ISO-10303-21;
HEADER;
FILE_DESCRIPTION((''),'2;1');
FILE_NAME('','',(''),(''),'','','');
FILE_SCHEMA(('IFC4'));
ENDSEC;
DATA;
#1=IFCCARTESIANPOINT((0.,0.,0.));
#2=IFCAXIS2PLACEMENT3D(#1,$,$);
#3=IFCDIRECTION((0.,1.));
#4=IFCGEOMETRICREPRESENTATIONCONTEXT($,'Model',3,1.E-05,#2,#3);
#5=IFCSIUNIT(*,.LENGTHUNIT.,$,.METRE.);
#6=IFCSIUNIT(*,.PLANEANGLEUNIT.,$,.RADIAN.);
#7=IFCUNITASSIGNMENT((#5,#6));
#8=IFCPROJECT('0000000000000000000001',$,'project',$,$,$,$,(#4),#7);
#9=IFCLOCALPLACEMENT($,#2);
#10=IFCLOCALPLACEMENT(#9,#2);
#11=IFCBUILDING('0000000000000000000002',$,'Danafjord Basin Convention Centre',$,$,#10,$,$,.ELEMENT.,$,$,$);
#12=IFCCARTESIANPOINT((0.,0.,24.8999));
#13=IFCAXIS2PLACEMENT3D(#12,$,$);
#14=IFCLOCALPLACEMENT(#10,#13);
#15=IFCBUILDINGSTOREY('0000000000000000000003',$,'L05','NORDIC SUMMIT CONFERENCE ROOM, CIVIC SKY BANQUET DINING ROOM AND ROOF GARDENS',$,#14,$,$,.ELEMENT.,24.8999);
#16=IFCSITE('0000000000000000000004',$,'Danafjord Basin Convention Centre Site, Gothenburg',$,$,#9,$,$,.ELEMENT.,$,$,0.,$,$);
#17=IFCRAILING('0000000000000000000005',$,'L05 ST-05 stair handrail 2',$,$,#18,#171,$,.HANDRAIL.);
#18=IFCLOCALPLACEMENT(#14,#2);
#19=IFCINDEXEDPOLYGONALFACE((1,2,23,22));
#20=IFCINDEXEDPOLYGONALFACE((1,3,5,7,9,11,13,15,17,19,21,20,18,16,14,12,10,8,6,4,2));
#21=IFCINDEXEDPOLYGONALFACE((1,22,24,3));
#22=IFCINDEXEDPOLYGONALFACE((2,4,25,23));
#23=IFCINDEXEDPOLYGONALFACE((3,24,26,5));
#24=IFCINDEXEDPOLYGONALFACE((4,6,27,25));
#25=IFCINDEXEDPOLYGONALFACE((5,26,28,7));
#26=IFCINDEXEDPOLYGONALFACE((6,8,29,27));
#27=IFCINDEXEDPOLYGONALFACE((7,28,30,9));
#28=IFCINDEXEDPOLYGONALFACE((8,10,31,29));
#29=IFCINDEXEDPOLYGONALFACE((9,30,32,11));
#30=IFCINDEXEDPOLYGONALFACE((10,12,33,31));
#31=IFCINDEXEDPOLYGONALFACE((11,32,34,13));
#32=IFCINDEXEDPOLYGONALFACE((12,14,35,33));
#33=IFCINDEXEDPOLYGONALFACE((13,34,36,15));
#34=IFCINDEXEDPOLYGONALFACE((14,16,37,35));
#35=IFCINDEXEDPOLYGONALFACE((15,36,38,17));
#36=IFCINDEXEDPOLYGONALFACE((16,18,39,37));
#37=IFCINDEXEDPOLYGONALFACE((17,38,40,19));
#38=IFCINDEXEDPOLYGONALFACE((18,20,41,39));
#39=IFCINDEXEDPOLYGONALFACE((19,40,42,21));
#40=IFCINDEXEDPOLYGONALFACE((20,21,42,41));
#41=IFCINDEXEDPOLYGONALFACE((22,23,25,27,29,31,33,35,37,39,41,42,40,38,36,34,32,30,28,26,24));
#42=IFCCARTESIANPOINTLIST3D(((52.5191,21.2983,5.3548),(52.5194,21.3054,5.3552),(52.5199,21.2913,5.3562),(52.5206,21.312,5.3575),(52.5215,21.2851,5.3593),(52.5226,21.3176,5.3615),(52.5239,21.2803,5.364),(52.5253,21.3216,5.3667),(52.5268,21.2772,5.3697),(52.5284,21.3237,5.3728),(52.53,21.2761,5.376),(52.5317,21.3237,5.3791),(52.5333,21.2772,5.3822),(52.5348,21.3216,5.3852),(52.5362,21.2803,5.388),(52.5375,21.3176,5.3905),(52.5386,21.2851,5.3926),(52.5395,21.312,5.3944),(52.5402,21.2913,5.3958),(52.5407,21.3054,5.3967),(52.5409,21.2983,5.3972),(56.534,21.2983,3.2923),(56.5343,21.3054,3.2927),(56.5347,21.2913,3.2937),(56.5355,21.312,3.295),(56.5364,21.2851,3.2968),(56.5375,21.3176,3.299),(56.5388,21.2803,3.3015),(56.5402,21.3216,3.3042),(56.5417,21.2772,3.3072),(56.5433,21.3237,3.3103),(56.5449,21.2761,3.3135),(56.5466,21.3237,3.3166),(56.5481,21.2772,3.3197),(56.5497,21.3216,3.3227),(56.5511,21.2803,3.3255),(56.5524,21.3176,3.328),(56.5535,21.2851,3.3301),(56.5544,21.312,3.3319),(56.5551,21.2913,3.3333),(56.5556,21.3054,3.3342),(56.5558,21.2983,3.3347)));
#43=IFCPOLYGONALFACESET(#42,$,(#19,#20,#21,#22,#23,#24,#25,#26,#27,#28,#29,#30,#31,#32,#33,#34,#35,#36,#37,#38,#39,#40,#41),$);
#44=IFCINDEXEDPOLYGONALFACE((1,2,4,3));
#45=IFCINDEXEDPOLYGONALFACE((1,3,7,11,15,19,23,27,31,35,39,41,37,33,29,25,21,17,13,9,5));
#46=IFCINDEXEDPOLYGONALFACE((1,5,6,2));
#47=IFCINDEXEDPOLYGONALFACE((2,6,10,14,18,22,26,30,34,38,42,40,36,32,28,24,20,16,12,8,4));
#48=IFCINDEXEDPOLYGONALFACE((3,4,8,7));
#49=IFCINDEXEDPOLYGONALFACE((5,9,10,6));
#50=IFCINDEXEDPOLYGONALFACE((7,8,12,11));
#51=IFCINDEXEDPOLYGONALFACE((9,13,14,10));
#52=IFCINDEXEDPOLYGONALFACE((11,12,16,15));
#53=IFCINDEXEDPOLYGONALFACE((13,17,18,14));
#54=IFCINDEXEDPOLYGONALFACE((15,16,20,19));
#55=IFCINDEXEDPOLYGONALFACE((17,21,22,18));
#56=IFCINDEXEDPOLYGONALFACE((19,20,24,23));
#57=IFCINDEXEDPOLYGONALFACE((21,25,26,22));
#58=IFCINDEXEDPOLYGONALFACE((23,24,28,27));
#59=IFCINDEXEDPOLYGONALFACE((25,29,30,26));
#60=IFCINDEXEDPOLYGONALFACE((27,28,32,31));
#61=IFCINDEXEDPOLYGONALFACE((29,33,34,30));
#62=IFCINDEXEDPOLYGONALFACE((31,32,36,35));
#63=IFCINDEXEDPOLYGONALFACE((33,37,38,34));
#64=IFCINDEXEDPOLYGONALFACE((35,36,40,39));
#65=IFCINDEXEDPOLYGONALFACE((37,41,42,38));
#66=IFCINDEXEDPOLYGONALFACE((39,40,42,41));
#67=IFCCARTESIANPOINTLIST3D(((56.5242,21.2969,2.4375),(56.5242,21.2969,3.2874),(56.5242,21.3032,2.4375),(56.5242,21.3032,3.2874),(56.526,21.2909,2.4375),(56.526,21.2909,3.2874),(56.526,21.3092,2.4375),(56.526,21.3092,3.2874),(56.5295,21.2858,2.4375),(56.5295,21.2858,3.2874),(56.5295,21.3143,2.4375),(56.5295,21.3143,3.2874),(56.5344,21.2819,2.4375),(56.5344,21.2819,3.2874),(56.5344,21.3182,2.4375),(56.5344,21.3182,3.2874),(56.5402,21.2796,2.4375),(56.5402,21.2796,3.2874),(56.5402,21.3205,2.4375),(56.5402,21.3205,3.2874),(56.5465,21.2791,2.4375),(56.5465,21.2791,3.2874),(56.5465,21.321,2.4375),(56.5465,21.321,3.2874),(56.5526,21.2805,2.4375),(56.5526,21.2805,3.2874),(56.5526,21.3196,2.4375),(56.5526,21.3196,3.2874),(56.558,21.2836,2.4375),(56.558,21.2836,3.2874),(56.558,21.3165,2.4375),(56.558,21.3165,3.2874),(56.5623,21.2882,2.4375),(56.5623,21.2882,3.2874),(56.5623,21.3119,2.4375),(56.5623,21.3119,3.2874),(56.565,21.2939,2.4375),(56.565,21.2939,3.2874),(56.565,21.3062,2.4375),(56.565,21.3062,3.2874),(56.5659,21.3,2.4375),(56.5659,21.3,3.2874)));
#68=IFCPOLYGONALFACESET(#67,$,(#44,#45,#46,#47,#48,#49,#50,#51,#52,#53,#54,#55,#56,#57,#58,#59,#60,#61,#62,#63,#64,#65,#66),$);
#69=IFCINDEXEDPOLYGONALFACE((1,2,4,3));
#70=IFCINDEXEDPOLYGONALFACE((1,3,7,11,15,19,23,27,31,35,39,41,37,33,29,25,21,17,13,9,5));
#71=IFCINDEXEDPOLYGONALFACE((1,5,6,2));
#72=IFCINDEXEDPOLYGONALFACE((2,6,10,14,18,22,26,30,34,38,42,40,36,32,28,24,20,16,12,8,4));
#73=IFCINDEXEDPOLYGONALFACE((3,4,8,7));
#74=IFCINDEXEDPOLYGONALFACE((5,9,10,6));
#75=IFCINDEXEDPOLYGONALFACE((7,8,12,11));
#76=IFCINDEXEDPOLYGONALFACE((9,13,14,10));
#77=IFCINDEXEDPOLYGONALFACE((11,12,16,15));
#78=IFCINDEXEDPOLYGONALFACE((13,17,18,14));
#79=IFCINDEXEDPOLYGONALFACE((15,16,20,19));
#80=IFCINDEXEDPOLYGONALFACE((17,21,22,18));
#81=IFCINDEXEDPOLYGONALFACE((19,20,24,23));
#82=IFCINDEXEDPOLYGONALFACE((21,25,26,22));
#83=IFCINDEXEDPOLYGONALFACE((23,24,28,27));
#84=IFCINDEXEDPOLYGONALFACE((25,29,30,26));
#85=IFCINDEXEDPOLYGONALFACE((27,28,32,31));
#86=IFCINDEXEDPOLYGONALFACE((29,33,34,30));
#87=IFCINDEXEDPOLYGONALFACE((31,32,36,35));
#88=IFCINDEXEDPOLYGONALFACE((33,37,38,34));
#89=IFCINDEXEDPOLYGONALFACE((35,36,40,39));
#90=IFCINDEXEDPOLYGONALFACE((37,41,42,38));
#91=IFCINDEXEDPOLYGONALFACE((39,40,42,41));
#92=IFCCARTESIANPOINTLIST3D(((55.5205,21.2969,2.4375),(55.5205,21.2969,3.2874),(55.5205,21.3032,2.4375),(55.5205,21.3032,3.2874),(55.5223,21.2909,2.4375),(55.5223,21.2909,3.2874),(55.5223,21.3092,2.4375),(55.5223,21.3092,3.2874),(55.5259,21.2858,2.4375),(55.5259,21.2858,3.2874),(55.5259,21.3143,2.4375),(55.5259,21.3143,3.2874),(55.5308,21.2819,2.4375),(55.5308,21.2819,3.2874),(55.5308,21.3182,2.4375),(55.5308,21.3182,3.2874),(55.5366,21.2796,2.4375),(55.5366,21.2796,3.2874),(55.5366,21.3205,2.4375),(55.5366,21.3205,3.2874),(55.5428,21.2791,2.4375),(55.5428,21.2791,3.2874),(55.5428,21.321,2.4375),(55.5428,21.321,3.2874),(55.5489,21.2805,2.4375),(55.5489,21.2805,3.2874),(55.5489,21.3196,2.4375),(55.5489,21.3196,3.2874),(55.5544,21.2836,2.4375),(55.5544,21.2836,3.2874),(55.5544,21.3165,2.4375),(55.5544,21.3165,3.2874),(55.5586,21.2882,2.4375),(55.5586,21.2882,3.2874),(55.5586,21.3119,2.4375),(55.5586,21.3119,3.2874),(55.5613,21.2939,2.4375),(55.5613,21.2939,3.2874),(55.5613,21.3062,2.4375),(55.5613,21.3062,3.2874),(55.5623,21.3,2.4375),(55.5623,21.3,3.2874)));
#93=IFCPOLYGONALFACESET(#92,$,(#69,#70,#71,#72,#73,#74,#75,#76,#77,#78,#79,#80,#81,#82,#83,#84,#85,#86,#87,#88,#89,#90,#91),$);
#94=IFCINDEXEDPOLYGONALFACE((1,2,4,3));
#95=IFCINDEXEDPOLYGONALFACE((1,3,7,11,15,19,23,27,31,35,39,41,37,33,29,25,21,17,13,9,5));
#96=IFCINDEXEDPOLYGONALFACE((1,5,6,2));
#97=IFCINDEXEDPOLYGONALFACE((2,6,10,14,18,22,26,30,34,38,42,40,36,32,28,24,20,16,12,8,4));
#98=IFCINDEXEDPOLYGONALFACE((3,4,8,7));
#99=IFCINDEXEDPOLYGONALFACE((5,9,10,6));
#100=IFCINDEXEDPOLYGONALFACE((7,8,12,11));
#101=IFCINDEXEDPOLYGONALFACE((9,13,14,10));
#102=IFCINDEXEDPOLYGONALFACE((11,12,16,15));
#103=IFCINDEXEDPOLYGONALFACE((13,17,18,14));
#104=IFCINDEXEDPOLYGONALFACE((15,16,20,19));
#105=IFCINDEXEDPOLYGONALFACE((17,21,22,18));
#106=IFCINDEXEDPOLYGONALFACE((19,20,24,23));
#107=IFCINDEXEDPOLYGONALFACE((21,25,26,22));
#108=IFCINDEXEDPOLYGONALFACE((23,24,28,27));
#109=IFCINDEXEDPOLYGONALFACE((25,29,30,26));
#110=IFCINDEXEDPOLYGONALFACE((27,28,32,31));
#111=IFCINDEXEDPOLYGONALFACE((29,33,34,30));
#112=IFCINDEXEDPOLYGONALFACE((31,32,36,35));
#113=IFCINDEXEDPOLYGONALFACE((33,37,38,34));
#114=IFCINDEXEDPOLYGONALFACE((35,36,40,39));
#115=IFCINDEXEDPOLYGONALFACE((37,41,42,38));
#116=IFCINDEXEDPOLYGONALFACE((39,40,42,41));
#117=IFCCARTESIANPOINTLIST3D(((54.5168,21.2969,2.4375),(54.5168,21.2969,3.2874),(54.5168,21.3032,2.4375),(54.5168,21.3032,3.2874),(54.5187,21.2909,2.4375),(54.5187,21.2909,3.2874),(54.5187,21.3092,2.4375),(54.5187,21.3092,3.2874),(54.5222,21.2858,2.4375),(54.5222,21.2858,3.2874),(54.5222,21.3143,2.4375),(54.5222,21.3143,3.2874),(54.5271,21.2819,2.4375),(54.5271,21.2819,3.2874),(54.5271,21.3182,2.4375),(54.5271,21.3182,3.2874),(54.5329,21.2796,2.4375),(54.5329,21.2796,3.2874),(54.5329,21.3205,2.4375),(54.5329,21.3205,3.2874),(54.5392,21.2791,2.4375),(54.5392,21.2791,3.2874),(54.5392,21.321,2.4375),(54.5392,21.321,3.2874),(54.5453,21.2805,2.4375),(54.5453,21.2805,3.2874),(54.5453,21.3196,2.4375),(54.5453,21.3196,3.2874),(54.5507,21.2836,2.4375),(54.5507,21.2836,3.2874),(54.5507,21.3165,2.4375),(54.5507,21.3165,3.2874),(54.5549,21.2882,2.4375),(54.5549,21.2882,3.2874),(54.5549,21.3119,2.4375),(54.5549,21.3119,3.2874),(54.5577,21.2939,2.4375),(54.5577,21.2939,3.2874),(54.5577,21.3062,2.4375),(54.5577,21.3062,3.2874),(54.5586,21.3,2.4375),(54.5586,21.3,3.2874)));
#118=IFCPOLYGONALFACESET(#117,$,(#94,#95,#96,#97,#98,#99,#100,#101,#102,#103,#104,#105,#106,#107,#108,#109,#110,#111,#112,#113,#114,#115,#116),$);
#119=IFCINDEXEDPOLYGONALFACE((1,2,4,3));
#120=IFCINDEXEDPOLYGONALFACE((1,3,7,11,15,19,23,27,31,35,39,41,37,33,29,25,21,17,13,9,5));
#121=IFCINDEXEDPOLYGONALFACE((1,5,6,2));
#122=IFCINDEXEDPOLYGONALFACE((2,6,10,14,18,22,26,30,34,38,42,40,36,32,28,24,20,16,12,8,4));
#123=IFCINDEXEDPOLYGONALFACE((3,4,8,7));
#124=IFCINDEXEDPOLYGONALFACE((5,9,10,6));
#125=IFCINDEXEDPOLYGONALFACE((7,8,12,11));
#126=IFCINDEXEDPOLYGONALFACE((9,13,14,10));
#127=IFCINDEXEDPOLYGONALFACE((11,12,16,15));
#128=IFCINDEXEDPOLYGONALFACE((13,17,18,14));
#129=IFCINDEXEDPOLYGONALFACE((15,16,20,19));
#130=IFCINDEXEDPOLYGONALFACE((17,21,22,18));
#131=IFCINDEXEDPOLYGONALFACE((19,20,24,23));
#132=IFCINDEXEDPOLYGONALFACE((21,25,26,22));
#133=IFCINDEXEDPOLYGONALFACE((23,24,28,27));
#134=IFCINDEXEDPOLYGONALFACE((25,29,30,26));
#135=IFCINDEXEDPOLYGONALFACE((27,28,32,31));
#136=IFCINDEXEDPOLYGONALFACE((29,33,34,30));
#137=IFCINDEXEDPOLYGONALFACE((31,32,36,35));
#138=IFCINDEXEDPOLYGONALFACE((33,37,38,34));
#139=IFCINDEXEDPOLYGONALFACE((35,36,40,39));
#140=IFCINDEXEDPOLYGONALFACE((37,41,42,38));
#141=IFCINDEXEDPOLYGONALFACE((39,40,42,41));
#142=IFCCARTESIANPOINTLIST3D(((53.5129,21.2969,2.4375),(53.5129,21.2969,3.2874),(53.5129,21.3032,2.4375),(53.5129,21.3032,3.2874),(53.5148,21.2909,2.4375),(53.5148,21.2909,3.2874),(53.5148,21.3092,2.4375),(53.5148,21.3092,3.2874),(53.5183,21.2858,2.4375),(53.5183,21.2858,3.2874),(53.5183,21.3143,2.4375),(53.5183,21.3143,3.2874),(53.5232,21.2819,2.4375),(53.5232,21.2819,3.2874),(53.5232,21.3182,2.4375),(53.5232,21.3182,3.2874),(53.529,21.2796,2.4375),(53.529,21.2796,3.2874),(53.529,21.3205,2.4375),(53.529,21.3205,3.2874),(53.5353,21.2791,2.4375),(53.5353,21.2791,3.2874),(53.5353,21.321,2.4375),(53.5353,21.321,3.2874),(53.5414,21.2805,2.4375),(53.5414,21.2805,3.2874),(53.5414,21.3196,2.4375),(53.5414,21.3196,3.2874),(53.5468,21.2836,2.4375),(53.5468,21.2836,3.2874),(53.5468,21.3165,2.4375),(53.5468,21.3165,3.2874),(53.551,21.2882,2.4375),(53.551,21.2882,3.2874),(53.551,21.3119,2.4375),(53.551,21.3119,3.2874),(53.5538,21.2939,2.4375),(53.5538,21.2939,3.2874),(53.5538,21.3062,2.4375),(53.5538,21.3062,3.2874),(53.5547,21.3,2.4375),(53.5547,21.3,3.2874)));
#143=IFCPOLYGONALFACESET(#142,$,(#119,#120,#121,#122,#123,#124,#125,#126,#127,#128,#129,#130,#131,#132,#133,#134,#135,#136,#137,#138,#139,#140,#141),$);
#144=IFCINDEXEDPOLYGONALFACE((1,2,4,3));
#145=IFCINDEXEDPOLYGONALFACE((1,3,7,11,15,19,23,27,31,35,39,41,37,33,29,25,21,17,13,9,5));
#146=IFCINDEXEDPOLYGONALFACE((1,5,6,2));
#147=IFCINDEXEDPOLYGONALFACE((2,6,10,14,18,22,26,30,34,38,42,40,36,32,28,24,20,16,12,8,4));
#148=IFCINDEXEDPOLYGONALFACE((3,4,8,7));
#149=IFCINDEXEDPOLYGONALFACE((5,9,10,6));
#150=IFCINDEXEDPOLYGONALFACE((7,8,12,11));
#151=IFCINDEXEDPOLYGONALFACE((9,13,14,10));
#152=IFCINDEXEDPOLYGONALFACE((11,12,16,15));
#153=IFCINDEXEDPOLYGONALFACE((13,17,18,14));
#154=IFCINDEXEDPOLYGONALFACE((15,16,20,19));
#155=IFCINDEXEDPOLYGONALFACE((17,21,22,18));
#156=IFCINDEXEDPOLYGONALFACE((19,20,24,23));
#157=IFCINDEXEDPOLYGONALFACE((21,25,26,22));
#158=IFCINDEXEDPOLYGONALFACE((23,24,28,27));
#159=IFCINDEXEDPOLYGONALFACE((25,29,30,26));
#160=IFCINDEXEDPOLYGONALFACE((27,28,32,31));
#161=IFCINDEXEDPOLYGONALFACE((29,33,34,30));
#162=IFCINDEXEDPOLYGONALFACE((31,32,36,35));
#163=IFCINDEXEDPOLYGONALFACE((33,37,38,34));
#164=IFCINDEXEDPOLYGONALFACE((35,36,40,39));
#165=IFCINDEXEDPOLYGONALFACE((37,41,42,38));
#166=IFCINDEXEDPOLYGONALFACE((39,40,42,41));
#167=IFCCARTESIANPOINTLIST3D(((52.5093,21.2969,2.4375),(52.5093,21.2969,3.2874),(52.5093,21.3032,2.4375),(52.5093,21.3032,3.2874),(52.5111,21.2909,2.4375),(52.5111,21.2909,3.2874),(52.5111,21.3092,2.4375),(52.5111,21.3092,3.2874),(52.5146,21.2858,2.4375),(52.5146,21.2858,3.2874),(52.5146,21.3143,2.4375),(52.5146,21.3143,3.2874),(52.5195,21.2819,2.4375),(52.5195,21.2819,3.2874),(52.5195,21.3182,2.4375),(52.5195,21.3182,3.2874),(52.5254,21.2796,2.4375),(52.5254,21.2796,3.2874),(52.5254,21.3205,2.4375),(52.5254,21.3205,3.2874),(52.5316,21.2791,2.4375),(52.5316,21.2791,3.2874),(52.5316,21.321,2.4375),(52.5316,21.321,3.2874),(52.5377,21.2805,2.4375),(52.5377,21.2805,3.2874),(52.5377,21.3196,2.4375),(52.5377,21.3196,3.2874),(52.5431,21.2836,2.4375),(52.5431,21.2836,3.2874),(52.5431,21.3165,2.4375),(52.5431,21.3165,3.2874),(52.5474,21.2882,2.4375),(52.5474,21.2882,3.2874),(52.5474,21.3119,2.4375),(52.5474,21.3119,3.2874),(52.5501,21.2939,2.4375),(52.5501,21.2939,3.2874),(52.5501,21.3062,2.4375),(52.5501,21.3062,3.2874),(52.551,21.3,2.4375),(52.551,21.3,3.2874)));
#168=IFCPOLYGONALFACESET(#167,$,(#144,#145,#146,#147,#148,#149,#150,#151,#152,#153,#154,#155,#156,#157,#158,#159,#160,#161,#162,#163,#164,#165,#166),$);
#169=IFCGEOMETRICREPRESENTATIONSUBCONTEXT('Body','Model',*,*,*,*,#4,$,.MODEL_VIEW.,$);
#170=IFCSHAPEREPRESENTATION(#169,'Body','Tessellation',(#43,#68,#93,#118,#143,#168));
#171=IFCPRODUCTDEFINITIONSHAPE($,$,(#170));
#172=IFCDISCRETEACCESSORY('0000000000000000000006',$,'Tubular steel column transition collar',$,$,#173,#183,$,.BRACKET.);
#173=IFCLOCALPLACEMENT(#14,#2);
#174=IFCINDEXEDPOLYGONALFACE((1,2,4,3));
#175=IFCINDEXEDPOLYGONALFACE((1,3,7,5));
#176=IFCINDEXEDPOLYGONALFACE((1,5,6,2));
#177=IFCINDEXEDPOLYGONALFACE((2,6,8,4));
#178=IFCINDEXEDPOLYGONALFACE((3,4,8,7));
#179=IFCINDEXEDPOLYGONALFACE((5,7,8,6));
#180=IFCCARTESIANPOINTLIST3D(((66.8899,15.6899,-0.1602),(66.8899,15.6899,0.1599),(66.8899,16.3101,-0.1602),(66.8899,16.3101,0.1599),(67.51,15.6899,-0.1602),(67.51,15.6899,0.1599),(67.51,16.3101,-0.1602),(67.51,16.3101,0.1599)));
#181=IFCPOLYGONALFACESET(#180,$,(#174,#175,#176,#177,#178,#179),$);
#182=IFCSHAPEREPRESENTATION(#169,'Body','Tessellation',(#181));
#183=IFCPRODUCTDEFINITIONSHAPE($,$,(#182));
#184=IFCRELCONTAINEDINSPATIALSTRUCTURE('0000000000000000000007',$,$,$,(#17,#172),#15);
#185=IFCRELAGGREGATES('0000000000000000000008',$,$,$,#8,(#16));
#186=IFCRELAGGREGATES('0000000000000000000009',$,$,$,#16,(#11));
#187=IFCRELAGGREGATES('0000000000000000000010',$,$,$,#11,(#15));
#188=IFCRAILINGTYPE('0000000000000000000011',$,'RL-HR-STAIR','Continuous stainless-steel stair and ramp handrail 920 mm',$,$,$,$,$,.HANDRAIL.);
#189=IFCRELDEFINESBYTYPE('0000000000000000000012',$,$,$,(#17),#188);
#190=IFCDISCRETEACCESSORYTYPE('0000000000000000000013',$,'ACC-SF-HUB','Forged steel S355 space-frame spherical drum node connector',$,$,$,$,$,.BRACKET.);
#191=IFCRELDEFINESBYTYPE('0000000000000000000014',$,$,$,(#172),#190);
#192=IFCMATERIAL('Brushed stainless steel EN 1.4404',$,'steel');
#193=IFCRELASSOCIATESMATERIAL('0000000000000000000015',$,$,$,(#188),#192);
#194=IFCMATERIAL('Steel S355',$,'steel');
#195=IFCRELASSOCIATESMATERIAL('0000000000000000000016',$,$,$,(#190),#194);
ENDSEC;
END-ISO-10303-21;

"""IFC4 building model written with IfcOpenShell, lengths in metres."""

from ifc_helpers import new_model, si_unit, direction, frame, origin, origin_2d, place, context, subcontext, project, spatial, rectangle, circle, extrude, material, type_object, element, save


model = new_model("IFC4")

# Units and contexts
model_context = context("Model", 3, precision=1e-05, world=origin(), true_north=direction((0.0, 1.0)))
body_context = subcontext(model_context, "Body", "Model", "MODEL_VIEW")
ifc_project = project(units=[si_unit("LENGTHUNIT", "METRE"), si_unit("PLANEANGLEUNIT", "RADIAN")], contexts=[model_context])

# Site, building, storey
site_placement = place(None, origin())
site = spatial("IfcSite", under=ifc_project, at=site_placement, Name="Danafjord Basin Convention Centre Site, Gothenburg", CompositionType="ELEMENT", RefElevation=0.0)
building_placement = place(site_placement, origin())
building = spatial("IfcBuilding", under=site, at=building_placement, Name="Danafjord Basin Convention Centre", CompositionType="ELEMENT")
storey_placement = place(building_placement, frame((0.0, 0.0, 24.8999)))
storey = spatial("IfcBuildingStorey", under=building, at=storey_placement, Name="L05", Description="NORDIC SUMMIT CONFERENCE ROOM, CIVIC SKY BANQUET DINING ROOM AND ROOF GARDENS", CompositionType="ELEMENT", Elevation=24.8999)

# Shared definitions
ifc_material_1 = material(Name="Steel S355", Category="steel")

# Railing
ifc_material_2 = material(Name="Brushed stainless steel EN 1.4404", Category="steel")
railing_type_1 = type_object("IfcRailingType", Name="RL-HR-STAIR", Description="Continuous stainless-steel stair and ramp handrail 920 mm", PredefinedType="HANDRAIL", material=ifc_material_2)
railing_1_placement = place(storey_placement, frame((56.5449, 21.3, 2.4375)))
element("IfcRailing", 1, at=railing_1_placement, inside=storey, type_object=railing_type_1, Name="L05 ST-05 stair handrail 2", PredefinedType="HANDRAIL", context=body_context, shape_type="SweptSolid", body=[
    extrude(circle(Radius=0.0239, at=origin_2d()), frame((0.0, 0.0, 0.876), z_axis=(-0.889495, 0.0, 0.456945), x_axis=(0.0, -1.0, 0.0)), (0.0, 0.0, 1.0), 4.5137),
    extrude(circle(Radius=0.021, at=origin_2d()), origin(), (0.0, 0.0, 1.0), 0.8499),
    extrude(circle(Radius=0.021, at=origin_2d()), frame((-1.0037, 0.0, 0.0)), (0.0, 0.0, 1.0), 0.8499),
    extrude(circle(Radius=0.021, at=origin_2d()), frame((-2.0073, 0.0, 0.0)), (0.0, 0.0, 1.0), 0.8499),
    extrude(circle(Radius=0.021, at=origin_2d()), frame((-3.0112, 0.0, 0.0)), (0.0, 0.0, 1.0), 0.8499),
    extrude(circle(Radius=0.021, at=origin_2d()), frame((-4.0149, 0.0, 0.0)), (0.0, 0.0, 1.0), 0.8499),
])

# Discrete accessory
discrete_accessory_type = type_object("IfcDiscreteAccessoryType", Name="ACC-SF-HUB", Description="Forged steel S355 space-frame spherical drum node connector", PredefinedType="BRACKET", material=ifc_material_1)
discrete_accessory_placement = place(storey_placement, frame((67.2, 16.0, -0.1602), z_axis=(0.0, 0.0, 1.0), x_axis=(1.0, 0.0, 0.0)))
element("IfcDiscreteAccessory", 2, at=discrete_accessory_placement, inside=storey, type_object=discrete_accessory_type, Name="Tubular steel column transition collar", PredefinedType="BRACKET", context=body_context, shape_type="SweptSolid", body=[
    extrude(rectangle(XDim=0.6201, YDim=0.6201, at=origin_2d()), origin(), (0.0, 0.0, 1.0), 0.3201),
])

save(model, "model.ifc")
